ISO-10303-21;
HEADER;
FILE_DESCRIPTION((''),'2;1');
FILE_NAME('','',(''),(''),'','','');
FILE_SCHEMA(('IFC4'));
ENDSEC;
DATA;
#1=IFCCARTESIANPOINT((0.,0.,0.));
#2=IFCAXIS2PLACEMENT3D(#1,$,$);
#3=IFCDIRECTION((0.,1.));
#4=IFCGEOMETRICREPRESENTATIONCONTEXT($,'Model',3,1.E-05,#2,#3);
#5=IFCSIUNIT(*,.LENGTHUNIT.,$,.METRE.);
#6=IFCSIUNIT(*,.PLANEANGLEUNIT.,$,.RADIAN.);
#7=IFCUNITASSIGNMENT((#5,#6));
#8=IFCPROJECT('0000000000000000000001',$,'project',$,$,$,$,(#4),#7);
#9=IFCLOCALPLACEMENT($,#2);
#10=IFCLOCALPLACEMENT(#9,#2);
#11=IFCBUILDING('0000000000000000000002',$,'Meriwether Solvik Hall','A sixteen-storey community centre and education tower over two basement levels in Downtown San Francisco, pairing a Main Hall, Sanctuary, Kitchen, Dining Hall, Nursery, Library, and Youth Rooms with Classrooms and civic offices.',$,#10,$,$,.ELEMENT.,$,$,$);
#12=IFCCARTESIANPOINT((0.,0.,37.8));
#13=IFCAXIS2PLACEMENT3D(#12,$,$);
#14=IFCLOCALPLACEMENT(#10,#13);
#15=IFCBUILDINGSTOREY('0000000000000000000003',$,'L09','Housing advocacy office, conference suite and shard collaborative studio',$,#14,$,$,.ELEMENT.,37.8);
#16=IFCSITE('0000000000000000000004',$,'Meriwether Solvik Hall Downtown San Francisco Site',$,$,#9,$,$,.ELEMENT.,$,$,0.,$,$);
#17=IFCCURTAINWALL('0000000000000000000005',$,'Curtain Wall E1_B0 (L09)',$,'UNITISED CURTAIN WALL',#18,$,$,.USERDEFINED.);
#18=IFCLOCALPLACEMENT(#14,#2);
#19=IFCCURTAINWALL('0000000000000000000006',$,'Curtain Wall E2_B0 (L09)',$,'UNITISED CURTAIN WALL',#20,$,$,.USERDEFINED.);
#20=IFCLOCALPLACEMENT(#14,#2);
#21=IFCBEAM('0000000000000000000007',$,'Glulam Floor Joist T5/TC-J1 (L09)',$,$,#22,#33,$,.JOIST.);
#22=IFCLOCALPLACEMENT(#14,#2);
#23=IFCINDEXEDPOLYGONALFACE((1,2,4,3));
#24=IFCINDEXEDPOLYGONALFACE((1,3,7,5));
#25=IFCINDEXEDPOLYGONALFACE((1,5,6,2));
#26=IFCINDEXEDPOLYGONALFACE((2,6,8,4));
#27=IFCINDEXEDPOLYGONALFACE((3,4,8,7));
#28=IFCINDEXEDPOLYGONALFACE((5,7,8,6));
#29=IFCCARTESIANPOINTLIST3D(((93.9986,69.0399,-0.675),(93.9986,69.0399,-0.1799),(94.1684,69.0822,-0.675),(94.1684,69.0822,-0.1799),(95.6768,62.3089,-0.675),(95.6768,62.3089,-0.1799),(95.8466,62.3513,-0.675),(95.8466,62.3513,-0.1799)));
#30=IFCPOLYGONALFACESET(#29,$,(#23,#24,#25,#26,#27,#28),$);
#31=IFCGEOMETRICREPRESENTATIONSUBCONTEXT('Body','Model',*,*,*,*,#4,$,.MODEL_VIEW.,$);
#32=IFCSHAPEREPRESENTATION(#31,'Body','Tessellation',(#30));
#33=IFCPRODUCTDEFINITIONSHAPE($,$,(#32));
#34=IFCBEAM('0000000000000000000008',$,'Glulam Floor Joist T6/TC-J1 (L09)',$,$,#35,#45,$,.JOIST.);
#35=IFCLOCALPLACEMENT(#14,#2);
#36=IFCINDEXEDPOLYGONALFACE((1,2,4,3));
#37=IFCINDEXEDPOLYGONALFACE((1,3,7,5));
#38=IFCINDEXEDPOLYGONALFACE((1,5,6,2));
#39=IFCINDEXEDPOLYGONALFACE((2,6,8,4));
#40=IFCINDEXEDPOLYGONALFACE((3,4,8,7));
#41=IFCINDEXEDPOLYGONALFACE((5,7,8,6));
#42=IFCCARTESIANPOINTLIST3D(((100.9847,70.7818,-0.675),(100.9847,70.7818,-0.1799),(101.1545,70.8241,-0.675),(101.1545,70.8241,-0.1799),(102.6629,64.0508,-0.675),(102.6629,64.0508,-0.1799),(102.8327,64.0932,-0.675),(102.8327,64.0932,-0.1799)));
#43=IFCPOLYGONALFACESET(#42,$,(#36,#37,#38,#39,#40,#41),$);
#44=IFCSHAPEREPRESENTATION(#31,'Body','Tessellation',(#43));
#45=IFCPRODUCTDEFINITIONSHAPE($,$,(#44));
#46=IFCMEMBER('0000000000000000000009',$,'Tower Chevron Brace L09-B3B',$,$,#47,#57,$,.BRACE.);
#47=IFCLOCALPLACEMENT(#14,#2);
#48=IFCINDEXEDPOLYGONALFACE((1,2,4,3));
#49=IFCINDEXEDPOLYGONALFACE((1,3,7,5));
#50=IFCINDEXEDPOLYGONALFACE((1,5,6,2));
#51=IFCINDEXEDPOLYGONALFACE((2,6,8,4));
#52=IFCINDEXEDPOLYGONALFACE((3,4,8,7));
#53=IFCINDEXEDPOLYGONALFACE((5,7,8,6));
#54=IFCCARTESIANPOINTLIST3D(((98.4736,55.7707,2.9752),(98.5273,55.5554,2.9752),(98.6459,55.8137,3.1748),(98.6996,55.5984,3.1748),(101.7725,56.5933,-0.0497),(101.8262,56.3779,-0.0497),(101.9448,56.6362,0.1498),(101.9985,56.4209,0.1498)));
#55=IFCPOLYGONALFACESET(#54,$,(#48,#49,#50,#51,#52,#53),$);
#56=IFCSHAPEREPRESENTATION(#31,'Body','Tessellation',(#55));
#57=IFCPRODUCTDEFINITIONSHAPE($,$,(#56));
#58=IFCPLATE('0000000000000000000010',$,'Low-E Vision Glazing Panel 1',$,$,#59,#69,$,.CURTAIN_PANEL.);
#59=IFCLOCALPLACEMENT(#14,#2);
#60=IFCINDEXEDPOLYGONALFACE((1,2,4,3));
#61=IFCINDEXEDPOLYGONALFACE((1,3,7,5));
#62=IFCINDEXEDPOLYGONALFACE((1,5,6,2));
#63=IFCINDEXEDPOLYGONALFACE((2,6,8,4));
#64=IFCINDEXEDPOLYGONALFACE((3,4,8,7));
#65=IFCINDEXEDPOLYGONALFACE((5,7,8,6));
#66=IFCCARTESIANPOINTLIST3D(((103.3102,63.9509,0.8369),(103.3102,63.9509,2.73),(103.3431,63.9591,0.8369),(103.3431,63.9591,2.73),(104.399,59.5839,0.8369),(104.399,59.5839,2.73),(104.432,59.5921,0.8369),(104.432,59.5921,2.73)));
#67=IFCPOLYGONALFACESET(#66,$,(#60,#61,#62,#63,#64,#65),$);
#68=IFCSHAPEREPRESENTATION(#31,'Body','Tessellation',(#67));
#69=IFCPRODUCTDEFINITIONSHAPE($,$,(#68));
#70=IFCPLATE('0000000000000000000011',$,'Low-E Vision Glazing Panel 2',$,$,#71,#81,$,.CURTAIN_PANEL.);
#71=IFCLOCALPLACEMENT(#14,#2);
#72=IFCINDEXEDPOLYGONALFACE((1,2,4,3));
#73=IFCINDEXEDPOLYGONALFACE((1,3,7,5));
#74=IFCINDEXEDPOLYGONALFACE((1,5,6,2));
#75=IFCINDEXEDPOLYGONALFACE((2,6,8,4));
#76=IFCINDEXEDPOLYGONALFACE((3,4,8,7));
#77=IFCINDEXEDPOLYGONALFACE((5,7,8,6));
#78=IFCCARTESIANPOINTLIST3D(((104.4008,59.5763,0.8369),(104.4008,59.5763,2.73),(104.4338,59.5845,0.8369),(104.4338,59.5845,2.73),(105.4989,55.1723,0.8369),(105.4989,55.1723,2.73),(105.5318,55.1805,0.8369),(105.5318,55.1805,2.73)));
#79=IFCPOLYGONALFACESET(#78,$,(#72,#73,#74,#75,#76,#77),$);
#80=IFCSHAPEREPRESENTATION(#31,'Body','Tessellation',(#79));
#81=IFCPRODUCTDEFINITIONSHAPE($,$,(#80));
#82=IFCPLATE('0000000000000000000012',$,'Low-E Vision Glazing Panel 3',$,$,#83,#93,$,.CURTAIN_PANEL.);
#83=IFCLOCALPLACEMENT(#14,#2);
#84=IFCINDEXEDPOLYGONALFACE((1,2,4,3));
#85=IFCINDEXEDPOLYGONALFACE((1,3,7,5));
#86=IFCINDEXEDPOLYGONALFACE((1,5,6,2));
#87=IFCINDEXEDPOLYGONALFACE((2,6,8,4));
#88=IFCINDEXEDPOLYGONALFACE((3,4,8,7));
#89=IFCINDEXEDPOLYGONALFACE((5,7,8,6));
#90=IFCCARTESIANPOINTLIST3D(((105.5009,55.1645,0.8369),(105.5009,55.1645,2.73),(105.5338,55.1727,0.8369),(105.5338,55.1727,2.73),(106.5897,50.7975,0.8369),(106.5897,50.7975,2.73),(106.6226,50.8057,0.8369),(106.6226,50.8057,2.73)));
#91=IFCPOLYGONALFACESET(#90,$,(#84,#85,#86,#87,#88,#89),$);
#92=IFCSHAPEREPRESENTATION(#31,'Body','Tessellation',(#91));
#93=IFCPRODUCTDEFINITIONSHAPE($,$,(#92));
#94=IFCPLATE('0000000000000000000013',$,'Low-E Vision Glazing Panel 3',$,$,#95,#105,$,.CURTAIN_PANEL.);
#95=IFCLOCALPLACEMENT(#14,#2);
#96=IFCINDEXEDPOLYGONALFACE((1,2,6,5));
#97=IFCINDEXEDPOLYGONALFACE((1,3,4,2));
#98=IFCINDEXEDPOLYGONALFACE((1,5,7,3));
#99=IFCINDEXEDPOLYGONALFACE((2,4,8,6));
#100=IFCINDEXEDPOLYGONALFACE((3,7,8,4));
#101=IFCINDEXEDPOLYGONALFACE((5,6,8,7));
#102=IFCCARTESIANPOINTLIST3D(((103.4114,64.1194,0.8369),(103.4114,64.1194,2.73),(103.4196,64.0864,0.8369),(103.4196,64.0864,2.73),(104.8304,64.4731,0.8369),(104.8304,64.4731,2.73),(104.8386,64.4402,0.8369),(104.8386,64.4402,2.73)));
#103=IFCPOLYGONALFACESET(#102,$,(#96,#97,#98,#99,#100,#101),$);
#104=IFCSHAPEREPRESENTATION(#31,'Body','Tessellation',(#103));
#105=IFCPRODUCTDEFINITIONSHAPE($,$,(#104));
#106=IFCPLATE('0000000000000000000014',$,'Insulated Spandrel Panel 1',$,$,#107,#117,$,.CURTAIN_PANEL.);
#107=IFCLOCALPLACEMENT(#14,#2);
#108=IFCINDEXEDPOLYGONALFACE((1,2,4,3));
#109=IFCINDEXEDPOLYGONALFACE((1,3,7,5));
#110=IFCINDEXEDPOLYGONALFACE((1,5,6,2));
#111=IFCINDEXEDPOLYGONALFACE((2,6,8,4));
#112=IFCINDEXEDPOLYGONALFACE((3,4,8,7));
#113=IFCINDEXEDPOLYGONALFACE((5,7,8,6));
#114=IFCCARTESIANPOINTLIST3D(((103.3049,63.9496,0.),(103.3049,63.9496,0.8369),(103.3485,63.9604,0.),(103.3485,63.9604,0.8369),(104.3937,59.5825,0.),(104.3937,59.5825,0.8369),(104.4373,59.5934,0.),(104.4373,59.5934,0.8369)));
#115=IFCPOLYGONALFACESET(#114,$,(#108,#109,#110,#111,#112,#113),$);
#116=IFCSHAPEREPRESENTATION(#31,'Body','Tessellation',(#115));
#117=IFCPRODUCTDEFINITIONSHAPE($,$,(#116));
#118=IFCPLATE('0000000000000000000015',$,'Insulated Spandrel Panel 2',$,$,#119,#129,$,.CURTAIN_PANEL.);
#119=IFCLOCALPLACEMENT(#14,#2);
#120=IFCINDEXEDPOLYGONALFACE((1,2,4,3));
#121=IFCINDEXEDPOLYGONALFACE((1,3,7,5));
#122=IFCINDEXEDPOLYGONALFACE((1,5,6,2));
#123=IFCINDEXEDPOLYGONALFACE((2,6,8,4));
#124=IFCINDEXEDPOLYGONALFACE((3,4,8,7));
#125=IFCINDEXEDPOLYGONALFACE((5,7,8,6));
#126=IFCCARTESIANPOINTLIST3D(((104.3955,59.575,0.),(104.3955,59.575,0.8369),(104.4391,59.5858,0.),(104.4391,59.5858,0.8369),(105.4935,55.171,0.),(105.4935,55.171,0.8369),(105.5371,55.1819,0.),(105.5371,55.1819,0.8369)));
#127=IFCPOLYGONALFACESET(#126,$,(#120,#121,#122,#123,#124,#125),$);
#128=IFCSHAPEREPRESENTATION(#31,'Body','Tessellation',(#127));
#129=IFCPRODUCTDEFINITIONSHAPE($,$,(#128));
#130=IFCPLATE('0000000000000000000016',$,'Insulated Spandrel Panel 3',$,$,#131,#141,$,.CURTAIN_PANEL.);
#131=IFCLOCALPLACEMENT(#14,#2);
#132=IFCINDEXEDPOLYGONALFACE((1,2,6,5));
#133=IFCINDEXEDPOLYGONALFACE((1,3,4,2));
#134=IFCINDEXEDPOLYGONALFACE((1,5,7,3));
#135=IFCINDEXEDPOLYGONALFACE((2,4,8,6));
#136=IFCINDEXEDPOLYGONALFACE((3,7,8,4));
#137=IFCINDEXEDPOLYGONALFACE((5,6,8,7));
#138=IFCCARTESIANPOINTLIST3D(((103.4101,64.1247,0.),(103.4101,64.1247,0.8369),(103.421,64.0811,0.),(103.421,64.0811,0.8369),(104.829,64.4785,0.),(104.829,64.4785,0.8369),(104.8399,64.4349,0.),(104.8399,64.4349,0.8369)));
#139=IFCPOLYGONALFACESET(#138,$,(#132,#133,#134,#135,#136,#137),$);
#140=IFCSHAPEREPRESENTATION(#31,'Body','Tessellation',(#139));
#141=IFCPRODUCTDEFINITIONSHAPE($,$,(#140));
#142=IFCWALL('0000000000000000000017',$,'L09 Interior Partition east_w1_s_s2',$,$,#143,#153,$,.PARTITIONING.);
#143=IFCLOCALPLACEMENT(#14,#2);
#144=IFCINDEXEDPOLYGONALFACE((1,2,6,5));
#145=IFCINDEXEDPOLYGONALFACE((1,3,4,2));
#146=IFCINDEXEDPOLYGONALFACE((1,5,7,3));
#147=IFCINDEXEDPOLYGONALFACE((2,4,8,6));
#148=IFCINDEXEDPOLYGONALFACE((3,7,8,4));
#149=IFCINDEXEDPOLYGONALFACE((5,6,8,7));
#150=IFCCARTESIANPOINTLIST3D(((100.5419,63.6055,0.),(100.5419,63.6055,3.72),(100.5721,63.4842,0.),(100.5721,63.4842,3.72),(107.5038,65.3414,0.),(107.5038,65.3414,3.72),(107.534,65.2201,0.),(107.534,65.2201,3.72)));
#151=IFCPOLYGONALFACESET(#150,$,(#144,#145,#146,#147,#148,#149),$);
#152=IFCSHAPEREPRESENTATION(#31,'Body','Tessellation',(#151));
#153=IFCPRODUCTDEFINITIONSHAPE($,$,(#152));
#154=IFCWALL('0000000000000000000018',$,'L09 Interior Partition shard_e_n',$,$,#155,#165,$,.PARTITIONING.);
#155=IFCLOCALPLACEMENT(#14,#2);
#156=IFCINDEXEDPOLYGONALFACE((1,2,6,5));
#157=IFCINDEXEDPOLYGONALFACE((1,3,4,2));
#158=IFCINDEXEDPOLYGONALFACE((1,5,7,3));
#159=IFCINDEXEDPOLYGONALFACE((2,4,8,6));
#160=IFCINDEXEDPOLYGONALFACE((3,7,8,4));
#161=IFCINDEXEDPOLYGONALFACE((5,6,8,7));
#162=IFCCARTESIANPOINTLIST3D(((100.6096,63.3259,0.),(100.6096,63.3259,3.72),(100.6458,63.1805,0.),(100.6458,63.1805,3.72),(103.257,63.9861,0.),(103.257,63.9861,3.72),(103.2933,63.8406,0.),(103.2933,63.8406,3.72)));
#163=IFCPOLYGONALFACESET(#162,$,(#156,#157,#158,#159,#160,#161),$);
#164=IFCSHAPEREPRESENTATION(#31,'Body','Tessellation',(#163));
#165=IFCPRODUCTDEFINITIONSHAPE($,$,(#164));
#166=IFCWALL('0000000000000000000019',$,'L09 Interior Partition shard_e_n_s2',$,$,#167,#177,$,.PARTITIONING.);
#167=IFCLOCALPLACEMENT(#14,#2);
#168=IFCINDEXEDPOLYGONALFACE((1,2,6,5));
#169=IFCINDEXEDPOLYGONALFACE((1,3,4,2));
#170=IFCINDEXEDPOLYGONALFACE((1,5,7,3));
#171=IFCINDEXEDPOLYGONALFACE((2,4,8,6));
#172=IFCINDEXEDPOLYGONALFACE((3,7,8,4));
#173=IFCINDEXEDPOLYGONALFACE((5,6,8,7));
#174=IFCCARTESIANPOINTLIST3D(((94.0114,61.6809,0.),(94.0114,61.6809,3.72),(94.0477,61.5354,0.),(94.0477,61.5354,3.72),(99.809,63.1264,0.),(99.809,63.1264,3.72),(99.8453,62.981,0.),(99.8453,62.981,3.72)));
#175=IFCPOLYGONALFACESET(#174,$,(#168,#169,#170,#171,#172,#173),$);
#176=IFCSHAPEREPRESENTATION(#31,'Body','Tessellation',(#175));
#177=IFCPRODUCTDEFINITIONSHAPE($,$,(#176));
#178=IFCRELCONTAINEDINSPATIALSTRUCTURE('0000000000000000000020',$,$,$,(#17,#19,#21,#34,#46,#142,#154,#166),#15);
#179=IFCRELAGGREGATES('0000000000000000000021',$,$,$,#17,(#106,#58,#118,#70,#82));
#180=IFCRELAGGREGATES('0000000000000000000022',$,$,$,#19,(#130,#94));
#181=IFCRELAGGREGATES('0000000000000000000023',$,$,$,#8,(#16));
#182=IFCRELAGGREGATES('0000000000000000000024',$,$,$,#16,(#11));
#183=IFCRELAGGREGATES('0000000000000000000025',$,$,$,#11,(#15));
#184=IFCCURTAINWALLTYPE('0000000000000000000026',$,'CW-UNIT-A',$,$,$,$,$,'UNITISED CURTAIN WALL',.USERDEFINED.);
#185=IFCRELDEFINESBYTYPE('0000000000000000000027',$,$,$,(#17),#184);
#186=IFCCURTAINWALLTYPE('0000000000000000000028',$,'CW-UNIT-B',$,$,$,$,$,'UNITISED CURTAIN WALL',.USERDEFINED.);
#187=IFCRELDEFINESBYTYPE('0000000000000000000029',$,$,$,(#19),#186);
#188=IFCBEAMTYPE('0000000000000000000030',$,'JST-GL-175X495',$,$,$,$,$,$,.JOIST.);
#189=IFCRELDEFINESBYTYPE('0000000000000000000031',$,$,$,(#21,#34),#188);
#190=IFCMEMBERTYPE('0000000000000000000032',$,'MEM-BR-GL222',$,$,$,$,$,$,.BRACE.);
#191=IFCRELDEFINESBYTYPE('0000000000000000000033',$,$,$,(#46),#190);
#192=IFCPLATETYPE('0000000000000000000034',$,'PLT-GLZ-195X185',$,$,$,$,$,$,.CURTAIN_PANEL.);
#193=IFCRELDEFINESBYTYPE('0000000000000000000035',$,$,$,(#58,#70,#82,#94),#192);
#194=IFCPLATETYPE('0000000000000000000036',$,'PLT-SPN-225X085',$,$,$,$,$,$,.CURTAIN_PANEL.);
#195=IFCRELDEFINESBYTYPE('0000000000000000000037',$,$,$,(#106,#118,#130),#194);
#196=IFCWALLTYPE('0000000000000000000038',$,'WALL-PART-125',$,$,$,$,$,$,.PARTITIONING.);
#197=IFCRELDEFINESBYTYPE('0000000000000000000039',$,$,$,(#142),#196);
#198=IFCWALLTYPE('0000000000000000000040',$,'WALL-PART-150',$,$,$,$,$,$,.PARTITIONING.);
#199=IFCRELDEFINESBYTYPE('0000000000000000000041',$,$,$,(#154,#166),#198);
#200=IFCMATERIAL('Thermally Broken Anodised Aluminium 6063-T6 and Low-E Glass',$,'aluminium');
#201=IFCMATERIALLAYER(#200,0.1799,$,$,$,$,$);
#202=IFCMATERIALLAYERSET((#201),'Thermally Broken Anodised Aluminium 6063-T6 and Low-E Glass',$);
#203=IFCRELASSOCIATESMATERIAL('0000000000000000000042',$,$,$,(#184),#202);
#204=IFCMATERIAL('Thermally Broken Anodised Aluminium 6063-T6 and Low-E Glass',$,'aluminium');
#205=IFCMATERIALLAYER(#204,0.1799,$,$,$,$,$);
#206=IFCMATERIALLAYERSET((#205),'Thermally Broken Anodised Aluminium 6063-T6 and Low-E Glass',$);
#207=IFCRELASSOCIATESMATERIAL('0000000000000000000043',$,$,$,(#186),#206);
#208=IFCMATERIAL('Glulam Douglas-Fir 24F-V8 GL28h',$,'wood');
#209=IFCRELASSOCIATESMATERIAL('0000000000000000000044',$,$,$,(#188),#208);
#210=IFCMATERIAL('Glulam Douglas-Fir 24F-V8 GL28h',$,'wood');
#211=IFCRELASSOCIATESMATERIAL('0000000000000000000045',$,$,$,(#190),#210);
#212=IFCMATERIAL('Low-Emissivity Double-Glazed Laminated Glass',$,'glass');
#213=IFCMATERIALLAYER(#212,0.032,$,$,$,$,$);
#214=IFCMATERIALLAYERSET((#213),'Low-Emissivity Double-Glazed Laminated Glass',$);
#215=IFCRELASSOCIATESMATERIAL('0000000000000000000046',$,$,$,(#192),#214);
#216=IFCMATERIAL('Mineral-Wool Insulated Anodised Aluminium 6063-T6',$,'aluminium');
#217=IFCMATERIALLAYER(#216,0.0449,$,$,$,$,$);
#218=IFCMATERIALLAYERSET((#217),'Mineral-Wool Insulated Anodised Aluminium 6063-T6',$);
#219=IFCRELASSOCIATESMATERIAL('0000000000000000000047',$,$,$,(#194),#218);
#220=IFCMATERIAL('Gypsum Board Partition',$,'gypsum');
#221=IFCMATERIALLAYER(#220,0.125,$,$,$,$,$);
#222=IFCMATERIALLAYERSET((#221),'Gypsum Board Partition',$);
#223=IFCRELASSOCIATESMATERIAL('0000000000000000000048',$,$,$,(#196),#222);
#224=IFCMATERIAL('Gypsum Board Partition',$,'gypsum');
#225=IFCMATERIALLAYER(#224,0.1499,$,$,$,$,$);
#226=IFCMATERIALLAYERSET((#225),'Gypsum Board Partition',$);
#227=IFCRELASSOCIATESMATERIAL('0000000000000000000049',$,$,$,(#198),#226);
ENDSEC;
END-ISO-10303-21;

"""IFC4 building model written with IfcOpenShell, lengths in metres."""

from ifc_helpers import new_model, si_unit, direction, frame, frame_2d, origin, origin_2d, place, context, subcontext, project, spatial, rectangle, extrude, material, layer, layer_set, material_profile, profile_set, type_object, element, aggregate, save


model = new_model("IFC4")

# Units and contexts
model_context = context("Model", 3, precision=1e-05, world=origin(), true_north=direction((0.0, 1.0)))
body_context = subcontext(model_context, "Body", "Model", "MODEL_VIEW")
ifc_project = project(units=[si_unit("LENGTHUNIT", "METRE"), si_unit("PLANEANGLEUNIT", "RADIAN")], contexts=[model_context])

# Site, building, storey
site_placement = place(None, origin())
site = spatial("IfcSite", under=ifc_project, at=site_placement, Name="Meriwether Solvik Hall Downtown San Francisco Site", CompositionType="ELEMENT", RefElevation=0.0)
building_placement = place(site_placement, origin())
building = spatial("IfcBuilding", under=site, at=building_placement, Name="Meriwether Solvik Hall", Description="A sixteen-storey community centre and education tower over two basement levels in Downtown San Francisco, pairing a Main Hall, Sanctuary, Kitchen, Dining Hall, Nursery, Library, and Youth Rooms with Classrooms and civic offices.", CompositionType="ELEMENT")
storey_placement = place(building_placement, frame((0.0, 0.0, 37.8)))
storey = spatial("IfcBuildingStorey", under=building, at=storey_placement, Name="L09", Description="Housing advocacy office, conference suite and shard collaborative studio", CompositionType="ELEMENT", Elevation=37.8)

# Curtain walls
ifc_material_1 = material(Name="Thermally Broken Anodised Aluminium 6063-T6 and Low-E Glass", Category="aluminium")
ifc_layer_1 = layer(ifc_material_1, 0.1799)
ifc_layer_set_1 = layer_set([ifc_layer_1], Name="Thermally Broken Anodised Aluminium 6063-T6 and Low-E Glass")
curtain_wall_type_1 = type_object("IfcCurtainWallType", Name="CW-UNIT-A", ElementType="UNITISED CURTAIN WALL", PredefinedType="USERDEFINED", material=ifc_layer_set_1)
curtain_wall_1_placement = place(storey_placement, origin())
curtain_wall_1 = element("IfcCurtainWall", 1, at=curtain_wall_1_placement, inside=storey, type_object=curtain_wall_type_1, Name="Curtain Wall E1_B0 (L09)", ObjectType="UNITISED CURTAIN WALL", PredefinedType="USERDEFINED")
ifc_material_2 = material(Name="Thermally Broken Anodised Aluminium 6063-T6 and Low-E Glass", Category="aluminium")
ifc_layer_2 = layer(ifc_material_2, 0.1799)
ifc_layer_set_2 = layer_set([ifc_layer_2], Name="Thermally Broken Anodised Aluminium 6063-T6 and Low-E Glass")
curtain_wall_type_2 = type_object("IfcCurtainWallType", Name="CW-UNIT-B", ElementType="UNITISED CURTAIN WALL", PredefinedType="USERDEFINED", material=ifc_layer_set_2)
curtain_wall_2_placement = place(storey_placement, origin())
curtain_wall_2 = element("IfcCurtainWall", 2, at=curtain_wall_2_placement, inside=storey, type_object=curtain_wall_type_2, Name="Curtain Wall E2_B0 (L09)", ObjectType="UNITISED CURTAIN WALL", PredefinedType="USERDEFINED")

# Beams
ifc_material_3 = material(Name="Glulam Douglas-Fir 24F-V8 GL28h", Category="wood")
ifc_material_profile_1 = material_profile(ifc_material_3, rectangle(XDim=0.175, YDim=0.4951, at=origin_2d()), Name="GLJ-175X495")
ifc_profile_set_1 = profile_set([ifc_material_profile_1], Name="Glulam Douglas-Fir 24F-V8 GL28h")
beam_type_1 = type_object("IfcBeamType", Name="JST-GL-175X495", PredefinedType="JOIST", material=ifc_profile_set_1)
for number, where, z_axis, x_axis, name in (
    (3, (95.7617, 62.3301, -0.4275), (-0.241923, 0.970296, 0.0), (-0.970296, -0.241923, 0.0), "Glulam Floor Joist T5/TC-J1 (L09)"),
    (4, (102.7478, 64.072, -0.4275), (-0.241923, 0.970296, 0.0), (-0.970296, -0.241923, 0.0), "Glulam Floor Joist T6/TC-J1 (L09)"),
):
    element("IfcBeam", number, at=place(storey_placement, frame(where, z_axis=z_axis, x_axis=x_axis)), inside=storey, type_object=beam_type_1, Name=name, PredefinedType="JOIST", context=body_context, shape_type="SweptSolid", body=[
        extrude(rectangle(XDim=0.175, YDim=0.4951, at=origin_2d()), origin(), (0.0, 0.0, 1.0), 6.937),
    ])

# Member
ifc_material_4 = material(Name="Glulam Douglas-Fir 24F-V8 GL28h", Category="wood")
ifc_material_profile_2 = material_profile(ifc_material_4, rectangle(XDim=0.2219, YDim=0.2671, at=origin_2d()), Name="GLM-222X267")
ifc_profile_set_2 = profile_set([ifc_material_profile_2], Name="Glulam Douglas-Fir 24F-V8 GL28h")
member_type_1 = type_object("IfcMemberType", Name="MEM-BR-GL222", PredefinedType="BRACE", material=ifc_profile_set_2)
member_1_placement = place(storey_placement, frame((101.8855, 56.5071, 0.05), z_axis=(-0.724906, -0.180744, 0.664712), x_axis=(0.241927, -0.970294, 0.0)))
element("IfcMember", 5, at=member_1_placement, inside=storey, type_object=member_type_1, Name="Tower Chevron Brace L09-B3B", PredefinedType="BRACE", context=body_context, shape_type="SweptSolid", body=[
    extrude(rectangle(XDim=0.2219, YDim=0.2671, at=origin_2d()), origin(), (0.0, 0.0, 1.0), 4.5508),
])

# Plates
ifc_material_5 = material(Name="Low-Emissivity Double-Glazed Laminated Glass", Category="glass")
ifc_layer_3 = layer(ifc_material_5, 0.032)
ifc_layer_set_3 = layer_set([ifc_layer_3], Name="Low-Emissivity Double-Glazed Laminated Glass")
plate_type_1 = type_object("IfcPlateType", Name="PLT-GLZ-195X185", PredefinedType="CURTAIN_PANEL", material=ifc_layer_set_3)
plate_1_placement = place(storey_placement, frame((103.8711, 61.7715, 0.8369), z_axis=(0.0, 0.0, 1.0), x_axis=(0.241922, -0.970296, 0.0)))
plate_1 = element("IfcPlate", 6, at=plate_1_placement, type_object=plate_type_1, Name="Low-E Vision Glazing Panel 1", PredefinedType="CURTAIN_PANEL", context=body_context, shape_type="SweptSolid", body=[
    extrude(rectangle(XDim=4.5007, YDim=0.0339, at=origin_2d()), origin(), (0.0, 0.0, 1.0), 1.8931),
])
plate_2_placement = place(storey_placement, frame((104.9663, 57.3784, 0.8369), z_axis=(0.0, 0.0, 1.0), x_axis=(0.241922, -0.970296, 0.0)))
plate_2 = element("IfcPlate", 7, at=plate_2_placement, type_object=plate_type_1, Name="Low-E Vision Glazing Panel 2", PredefinedType="CURTAIN_PANEL", context=body_context, shape_type="SweptSolid", body=[
    extrude(rectangle(XDim=4.5388, YDim=0.0339, at=origin_2d()), origin(), (0.0, 0.0, 1.0), 1.8931),
])
plate_3_placement = place(storey_placement, frame((106.0618, 52.9851, 0.8369), z_axis=(0.0, 0.0, 1.0), x_axis=(0.241922, -0.970296, 0.0)))
plate_3 = element("IfcPlate", 8, at=plate_3_placement, type_object=plate_type_1, Name="Low-E Vision Glazing Panel 3", PredefinedType="CURTAIN_PANEL", context=body_context, shape_type="SweptSolid", body=[
    extrude(rectangle(XDim=4.5007, YDim=0.0339, at=origin_2d()), origin(), (0.0, 0.0, 1.0), 1.8931),
])
plate_4_placement = place(storey_placement, frame((104.125, 64.2798, 0.8369), z_axis=(0.0, 0.0, 1.0), x_axis=(-0.970296, -0.241922, 0.0)))
plate_4 = element("IfcPlate", 9, at=plate_4_placement, type_object=plate_type_1, Name="Low-E Vision Glazing Panel 3", PredefinedType="CURTAIN_PANEL", context=body_context, shape_type="SweptSolid", body=[
    extrude(rectangle(XDim=1.4624, YDim=0.0339, at=origin_2d()), origin(), (0.0, 0.0, 1.0), 1.8931),
])
ifc_material_6 = material(Name="Mineral-Wool Insulated Anodised Aluminium 6063-T6", Category="aluminium")
ifc_layer_4 = layer(ifc_material_6, 0.0449)
ifc_layer_set_4 = layer_set([ifc_layer_4], Name="Mineral-Wool Insulated Anodised Aluminium 6063-T6")
plate_type_2 = type_object("IfcPlateType", Name="PLT-SPN-225X085", PredefinedType="CURTAIN_PANEL", material=ifc_layer_set_4)
plate_5_placement = place(storey_placement, frame((103.8711, 61.7715, 0.0), z_axis=(0.0, 0.0, 1.0), x_axis=(0.241922, -0.970296, 0.0)))
plate_5 = element("IfcPlate", 10, at=plate_5_placement, type_object=plate_type_2, Name="Insulated Spandrel Panel 1", PredefinedType="CURTAIN_PANEL", context=body_context, shape_type="SweptSolid", body=[
    extrude(rectangle(XDim=4.5007, YDim=0.0449, at=origin_2d()), origin(), (0.0, 0.0, 1.0), 0.8369),
])
plate_6_placement = place(storey_placement, frame((104.9663, 57.3784, 0.0), z_axis=(0.0, 0.0, 1.0), x_axis=(0.241922, -0.970296, 0.0)))
plate_6 = element("IfcPlate", 11, at=plate_6_placement, type_object=plate_type_2, Name="Insulated Spandrel Panel 2", PredefinedType="CURTAIN_PANEL", context=body_context, shape_type="SweptSolid", body=[
    extrude(rectangle(XDim=4.5388, YDim=0.0449, at=origin_2d()), origin(), (0.0, 0.0, 1.0), 0.8369),
])
aggregate(curtain_wall_1, [plate_5, plate_1, plate_6, plate_2, plate_3])
plate_7_placement = place(storey_placement, frame((104.125, 64.2798, 0.0), z_axis=(0.0, 0.0, 1.0), x_axis=(-0.970296, -0.241922, 0.0)))
plate_7 = element("IfcPlate", 12, at=plate_7_placement, type_object=plate_type_2, Name="Insulated Spandrel Panel 3", PredefinedType="CURTAIN_PANEL", context=body_context, shape_type="SweptSolid", body=[
    extrude(rectangle(XDim=1.4624, YDim=0.0449, at=origin_2d()), origin(), (0.0, 0.0, 1.0), 0.8369),
])
aggregate(curtain_wall_2, [plate_7, plate_4])

# Walls
ifc_material_7 = material(Name="Gypsum Board Partition", Category="gypsum")
ifc_layer_5 = layer(ifc_material_7, 0.125)
ifc_layer_set_5 = layer_set([ifc_layer_5], Name="Gypsum Board Partition")
wall_type_1 = type_object("IfcWallType", Name="WALL-PART-125", PredefinedType="PARTITIONING", material=ifc_layer_set_5)
wall_1_placement = place(storey_placement, frame((100.5571, 63.5449, 0.0), z_axis=(0.0, 0.0, 1.0), x_axis=(0.970294, 0.241927, 0.0)))
element("IfcWall", 13, at=wall_1_placement, inside=storey, type_object=wall_type_1, Name="L09 Interior Partition east_w1_s_s2", PredefinedType="PARTITIONING", context=body_context, shape_type="SweptSolid", body=[
    extrude(rectangle(XDim=7.175, YDim=0.125, at=frame_2d((3.5874, 0.0))), origin(), (0.0, 0.0, 1.0), 3.72),
])
ifc_material_8 = material(Name="Gypsum Board Partition", Category="gypsum")
ifc_layer_6 = layer(ifc_material_8, 0.1499)
ifc_layer_set_6 = layer_set([ifc_layer_6], Name="Gypsum Board Partition")
wall_type_2 = type_object("IfcWallType", Name="WALL-PART-150", PredefinedType="PARTITIONING", material=ifc_layer_set_6)
wall_2_placement = place(storey_placement, frame((103.2751, 63.9133, 0.0), z_axis=(0.0, 0.0, 1.0), x_axis=(-0.97029, -0.241946, 0.0)))
element("IfcWall", 14, at=wall_2_placement, inside=storey, type_object=wall_type_2, Name="L09 Interior Partition shard_e_n", PredefinedType="PARTITIONING", context=body_context, shape_type="SweptSolid", body=[
    extrude(rectangle(XDim=2.7285, YDim=0.1499, at=frame_2d((1.3643, 0.0))), origin(), (0.0, 0.0, 1.0), 3.72),
])
wall_3_placement = place(storey_placement, frame((99.8271, 63.0537, 0.0), z_axis=(0.0, 0.0, 1.0), x_axis=(-0.970294, -0.24193, 0.0)))
element("IfcWall", 15, at=wall_3_placement, inside=storey, type_object=wall_type_2, Name="L09 Interior Partition shard_e_n_s2", PredefinedType="PARTITIONING", context=body_context, shape_type="SweptSolid", body=[
    extrude(rectangle(XDim=5.9751, YDim=0.1499, at=frame_2d((2.9875, 0.0))), origin(), (0.0, 0.0, 1.0), 3.72),
])

save(model, "model.ifc")
